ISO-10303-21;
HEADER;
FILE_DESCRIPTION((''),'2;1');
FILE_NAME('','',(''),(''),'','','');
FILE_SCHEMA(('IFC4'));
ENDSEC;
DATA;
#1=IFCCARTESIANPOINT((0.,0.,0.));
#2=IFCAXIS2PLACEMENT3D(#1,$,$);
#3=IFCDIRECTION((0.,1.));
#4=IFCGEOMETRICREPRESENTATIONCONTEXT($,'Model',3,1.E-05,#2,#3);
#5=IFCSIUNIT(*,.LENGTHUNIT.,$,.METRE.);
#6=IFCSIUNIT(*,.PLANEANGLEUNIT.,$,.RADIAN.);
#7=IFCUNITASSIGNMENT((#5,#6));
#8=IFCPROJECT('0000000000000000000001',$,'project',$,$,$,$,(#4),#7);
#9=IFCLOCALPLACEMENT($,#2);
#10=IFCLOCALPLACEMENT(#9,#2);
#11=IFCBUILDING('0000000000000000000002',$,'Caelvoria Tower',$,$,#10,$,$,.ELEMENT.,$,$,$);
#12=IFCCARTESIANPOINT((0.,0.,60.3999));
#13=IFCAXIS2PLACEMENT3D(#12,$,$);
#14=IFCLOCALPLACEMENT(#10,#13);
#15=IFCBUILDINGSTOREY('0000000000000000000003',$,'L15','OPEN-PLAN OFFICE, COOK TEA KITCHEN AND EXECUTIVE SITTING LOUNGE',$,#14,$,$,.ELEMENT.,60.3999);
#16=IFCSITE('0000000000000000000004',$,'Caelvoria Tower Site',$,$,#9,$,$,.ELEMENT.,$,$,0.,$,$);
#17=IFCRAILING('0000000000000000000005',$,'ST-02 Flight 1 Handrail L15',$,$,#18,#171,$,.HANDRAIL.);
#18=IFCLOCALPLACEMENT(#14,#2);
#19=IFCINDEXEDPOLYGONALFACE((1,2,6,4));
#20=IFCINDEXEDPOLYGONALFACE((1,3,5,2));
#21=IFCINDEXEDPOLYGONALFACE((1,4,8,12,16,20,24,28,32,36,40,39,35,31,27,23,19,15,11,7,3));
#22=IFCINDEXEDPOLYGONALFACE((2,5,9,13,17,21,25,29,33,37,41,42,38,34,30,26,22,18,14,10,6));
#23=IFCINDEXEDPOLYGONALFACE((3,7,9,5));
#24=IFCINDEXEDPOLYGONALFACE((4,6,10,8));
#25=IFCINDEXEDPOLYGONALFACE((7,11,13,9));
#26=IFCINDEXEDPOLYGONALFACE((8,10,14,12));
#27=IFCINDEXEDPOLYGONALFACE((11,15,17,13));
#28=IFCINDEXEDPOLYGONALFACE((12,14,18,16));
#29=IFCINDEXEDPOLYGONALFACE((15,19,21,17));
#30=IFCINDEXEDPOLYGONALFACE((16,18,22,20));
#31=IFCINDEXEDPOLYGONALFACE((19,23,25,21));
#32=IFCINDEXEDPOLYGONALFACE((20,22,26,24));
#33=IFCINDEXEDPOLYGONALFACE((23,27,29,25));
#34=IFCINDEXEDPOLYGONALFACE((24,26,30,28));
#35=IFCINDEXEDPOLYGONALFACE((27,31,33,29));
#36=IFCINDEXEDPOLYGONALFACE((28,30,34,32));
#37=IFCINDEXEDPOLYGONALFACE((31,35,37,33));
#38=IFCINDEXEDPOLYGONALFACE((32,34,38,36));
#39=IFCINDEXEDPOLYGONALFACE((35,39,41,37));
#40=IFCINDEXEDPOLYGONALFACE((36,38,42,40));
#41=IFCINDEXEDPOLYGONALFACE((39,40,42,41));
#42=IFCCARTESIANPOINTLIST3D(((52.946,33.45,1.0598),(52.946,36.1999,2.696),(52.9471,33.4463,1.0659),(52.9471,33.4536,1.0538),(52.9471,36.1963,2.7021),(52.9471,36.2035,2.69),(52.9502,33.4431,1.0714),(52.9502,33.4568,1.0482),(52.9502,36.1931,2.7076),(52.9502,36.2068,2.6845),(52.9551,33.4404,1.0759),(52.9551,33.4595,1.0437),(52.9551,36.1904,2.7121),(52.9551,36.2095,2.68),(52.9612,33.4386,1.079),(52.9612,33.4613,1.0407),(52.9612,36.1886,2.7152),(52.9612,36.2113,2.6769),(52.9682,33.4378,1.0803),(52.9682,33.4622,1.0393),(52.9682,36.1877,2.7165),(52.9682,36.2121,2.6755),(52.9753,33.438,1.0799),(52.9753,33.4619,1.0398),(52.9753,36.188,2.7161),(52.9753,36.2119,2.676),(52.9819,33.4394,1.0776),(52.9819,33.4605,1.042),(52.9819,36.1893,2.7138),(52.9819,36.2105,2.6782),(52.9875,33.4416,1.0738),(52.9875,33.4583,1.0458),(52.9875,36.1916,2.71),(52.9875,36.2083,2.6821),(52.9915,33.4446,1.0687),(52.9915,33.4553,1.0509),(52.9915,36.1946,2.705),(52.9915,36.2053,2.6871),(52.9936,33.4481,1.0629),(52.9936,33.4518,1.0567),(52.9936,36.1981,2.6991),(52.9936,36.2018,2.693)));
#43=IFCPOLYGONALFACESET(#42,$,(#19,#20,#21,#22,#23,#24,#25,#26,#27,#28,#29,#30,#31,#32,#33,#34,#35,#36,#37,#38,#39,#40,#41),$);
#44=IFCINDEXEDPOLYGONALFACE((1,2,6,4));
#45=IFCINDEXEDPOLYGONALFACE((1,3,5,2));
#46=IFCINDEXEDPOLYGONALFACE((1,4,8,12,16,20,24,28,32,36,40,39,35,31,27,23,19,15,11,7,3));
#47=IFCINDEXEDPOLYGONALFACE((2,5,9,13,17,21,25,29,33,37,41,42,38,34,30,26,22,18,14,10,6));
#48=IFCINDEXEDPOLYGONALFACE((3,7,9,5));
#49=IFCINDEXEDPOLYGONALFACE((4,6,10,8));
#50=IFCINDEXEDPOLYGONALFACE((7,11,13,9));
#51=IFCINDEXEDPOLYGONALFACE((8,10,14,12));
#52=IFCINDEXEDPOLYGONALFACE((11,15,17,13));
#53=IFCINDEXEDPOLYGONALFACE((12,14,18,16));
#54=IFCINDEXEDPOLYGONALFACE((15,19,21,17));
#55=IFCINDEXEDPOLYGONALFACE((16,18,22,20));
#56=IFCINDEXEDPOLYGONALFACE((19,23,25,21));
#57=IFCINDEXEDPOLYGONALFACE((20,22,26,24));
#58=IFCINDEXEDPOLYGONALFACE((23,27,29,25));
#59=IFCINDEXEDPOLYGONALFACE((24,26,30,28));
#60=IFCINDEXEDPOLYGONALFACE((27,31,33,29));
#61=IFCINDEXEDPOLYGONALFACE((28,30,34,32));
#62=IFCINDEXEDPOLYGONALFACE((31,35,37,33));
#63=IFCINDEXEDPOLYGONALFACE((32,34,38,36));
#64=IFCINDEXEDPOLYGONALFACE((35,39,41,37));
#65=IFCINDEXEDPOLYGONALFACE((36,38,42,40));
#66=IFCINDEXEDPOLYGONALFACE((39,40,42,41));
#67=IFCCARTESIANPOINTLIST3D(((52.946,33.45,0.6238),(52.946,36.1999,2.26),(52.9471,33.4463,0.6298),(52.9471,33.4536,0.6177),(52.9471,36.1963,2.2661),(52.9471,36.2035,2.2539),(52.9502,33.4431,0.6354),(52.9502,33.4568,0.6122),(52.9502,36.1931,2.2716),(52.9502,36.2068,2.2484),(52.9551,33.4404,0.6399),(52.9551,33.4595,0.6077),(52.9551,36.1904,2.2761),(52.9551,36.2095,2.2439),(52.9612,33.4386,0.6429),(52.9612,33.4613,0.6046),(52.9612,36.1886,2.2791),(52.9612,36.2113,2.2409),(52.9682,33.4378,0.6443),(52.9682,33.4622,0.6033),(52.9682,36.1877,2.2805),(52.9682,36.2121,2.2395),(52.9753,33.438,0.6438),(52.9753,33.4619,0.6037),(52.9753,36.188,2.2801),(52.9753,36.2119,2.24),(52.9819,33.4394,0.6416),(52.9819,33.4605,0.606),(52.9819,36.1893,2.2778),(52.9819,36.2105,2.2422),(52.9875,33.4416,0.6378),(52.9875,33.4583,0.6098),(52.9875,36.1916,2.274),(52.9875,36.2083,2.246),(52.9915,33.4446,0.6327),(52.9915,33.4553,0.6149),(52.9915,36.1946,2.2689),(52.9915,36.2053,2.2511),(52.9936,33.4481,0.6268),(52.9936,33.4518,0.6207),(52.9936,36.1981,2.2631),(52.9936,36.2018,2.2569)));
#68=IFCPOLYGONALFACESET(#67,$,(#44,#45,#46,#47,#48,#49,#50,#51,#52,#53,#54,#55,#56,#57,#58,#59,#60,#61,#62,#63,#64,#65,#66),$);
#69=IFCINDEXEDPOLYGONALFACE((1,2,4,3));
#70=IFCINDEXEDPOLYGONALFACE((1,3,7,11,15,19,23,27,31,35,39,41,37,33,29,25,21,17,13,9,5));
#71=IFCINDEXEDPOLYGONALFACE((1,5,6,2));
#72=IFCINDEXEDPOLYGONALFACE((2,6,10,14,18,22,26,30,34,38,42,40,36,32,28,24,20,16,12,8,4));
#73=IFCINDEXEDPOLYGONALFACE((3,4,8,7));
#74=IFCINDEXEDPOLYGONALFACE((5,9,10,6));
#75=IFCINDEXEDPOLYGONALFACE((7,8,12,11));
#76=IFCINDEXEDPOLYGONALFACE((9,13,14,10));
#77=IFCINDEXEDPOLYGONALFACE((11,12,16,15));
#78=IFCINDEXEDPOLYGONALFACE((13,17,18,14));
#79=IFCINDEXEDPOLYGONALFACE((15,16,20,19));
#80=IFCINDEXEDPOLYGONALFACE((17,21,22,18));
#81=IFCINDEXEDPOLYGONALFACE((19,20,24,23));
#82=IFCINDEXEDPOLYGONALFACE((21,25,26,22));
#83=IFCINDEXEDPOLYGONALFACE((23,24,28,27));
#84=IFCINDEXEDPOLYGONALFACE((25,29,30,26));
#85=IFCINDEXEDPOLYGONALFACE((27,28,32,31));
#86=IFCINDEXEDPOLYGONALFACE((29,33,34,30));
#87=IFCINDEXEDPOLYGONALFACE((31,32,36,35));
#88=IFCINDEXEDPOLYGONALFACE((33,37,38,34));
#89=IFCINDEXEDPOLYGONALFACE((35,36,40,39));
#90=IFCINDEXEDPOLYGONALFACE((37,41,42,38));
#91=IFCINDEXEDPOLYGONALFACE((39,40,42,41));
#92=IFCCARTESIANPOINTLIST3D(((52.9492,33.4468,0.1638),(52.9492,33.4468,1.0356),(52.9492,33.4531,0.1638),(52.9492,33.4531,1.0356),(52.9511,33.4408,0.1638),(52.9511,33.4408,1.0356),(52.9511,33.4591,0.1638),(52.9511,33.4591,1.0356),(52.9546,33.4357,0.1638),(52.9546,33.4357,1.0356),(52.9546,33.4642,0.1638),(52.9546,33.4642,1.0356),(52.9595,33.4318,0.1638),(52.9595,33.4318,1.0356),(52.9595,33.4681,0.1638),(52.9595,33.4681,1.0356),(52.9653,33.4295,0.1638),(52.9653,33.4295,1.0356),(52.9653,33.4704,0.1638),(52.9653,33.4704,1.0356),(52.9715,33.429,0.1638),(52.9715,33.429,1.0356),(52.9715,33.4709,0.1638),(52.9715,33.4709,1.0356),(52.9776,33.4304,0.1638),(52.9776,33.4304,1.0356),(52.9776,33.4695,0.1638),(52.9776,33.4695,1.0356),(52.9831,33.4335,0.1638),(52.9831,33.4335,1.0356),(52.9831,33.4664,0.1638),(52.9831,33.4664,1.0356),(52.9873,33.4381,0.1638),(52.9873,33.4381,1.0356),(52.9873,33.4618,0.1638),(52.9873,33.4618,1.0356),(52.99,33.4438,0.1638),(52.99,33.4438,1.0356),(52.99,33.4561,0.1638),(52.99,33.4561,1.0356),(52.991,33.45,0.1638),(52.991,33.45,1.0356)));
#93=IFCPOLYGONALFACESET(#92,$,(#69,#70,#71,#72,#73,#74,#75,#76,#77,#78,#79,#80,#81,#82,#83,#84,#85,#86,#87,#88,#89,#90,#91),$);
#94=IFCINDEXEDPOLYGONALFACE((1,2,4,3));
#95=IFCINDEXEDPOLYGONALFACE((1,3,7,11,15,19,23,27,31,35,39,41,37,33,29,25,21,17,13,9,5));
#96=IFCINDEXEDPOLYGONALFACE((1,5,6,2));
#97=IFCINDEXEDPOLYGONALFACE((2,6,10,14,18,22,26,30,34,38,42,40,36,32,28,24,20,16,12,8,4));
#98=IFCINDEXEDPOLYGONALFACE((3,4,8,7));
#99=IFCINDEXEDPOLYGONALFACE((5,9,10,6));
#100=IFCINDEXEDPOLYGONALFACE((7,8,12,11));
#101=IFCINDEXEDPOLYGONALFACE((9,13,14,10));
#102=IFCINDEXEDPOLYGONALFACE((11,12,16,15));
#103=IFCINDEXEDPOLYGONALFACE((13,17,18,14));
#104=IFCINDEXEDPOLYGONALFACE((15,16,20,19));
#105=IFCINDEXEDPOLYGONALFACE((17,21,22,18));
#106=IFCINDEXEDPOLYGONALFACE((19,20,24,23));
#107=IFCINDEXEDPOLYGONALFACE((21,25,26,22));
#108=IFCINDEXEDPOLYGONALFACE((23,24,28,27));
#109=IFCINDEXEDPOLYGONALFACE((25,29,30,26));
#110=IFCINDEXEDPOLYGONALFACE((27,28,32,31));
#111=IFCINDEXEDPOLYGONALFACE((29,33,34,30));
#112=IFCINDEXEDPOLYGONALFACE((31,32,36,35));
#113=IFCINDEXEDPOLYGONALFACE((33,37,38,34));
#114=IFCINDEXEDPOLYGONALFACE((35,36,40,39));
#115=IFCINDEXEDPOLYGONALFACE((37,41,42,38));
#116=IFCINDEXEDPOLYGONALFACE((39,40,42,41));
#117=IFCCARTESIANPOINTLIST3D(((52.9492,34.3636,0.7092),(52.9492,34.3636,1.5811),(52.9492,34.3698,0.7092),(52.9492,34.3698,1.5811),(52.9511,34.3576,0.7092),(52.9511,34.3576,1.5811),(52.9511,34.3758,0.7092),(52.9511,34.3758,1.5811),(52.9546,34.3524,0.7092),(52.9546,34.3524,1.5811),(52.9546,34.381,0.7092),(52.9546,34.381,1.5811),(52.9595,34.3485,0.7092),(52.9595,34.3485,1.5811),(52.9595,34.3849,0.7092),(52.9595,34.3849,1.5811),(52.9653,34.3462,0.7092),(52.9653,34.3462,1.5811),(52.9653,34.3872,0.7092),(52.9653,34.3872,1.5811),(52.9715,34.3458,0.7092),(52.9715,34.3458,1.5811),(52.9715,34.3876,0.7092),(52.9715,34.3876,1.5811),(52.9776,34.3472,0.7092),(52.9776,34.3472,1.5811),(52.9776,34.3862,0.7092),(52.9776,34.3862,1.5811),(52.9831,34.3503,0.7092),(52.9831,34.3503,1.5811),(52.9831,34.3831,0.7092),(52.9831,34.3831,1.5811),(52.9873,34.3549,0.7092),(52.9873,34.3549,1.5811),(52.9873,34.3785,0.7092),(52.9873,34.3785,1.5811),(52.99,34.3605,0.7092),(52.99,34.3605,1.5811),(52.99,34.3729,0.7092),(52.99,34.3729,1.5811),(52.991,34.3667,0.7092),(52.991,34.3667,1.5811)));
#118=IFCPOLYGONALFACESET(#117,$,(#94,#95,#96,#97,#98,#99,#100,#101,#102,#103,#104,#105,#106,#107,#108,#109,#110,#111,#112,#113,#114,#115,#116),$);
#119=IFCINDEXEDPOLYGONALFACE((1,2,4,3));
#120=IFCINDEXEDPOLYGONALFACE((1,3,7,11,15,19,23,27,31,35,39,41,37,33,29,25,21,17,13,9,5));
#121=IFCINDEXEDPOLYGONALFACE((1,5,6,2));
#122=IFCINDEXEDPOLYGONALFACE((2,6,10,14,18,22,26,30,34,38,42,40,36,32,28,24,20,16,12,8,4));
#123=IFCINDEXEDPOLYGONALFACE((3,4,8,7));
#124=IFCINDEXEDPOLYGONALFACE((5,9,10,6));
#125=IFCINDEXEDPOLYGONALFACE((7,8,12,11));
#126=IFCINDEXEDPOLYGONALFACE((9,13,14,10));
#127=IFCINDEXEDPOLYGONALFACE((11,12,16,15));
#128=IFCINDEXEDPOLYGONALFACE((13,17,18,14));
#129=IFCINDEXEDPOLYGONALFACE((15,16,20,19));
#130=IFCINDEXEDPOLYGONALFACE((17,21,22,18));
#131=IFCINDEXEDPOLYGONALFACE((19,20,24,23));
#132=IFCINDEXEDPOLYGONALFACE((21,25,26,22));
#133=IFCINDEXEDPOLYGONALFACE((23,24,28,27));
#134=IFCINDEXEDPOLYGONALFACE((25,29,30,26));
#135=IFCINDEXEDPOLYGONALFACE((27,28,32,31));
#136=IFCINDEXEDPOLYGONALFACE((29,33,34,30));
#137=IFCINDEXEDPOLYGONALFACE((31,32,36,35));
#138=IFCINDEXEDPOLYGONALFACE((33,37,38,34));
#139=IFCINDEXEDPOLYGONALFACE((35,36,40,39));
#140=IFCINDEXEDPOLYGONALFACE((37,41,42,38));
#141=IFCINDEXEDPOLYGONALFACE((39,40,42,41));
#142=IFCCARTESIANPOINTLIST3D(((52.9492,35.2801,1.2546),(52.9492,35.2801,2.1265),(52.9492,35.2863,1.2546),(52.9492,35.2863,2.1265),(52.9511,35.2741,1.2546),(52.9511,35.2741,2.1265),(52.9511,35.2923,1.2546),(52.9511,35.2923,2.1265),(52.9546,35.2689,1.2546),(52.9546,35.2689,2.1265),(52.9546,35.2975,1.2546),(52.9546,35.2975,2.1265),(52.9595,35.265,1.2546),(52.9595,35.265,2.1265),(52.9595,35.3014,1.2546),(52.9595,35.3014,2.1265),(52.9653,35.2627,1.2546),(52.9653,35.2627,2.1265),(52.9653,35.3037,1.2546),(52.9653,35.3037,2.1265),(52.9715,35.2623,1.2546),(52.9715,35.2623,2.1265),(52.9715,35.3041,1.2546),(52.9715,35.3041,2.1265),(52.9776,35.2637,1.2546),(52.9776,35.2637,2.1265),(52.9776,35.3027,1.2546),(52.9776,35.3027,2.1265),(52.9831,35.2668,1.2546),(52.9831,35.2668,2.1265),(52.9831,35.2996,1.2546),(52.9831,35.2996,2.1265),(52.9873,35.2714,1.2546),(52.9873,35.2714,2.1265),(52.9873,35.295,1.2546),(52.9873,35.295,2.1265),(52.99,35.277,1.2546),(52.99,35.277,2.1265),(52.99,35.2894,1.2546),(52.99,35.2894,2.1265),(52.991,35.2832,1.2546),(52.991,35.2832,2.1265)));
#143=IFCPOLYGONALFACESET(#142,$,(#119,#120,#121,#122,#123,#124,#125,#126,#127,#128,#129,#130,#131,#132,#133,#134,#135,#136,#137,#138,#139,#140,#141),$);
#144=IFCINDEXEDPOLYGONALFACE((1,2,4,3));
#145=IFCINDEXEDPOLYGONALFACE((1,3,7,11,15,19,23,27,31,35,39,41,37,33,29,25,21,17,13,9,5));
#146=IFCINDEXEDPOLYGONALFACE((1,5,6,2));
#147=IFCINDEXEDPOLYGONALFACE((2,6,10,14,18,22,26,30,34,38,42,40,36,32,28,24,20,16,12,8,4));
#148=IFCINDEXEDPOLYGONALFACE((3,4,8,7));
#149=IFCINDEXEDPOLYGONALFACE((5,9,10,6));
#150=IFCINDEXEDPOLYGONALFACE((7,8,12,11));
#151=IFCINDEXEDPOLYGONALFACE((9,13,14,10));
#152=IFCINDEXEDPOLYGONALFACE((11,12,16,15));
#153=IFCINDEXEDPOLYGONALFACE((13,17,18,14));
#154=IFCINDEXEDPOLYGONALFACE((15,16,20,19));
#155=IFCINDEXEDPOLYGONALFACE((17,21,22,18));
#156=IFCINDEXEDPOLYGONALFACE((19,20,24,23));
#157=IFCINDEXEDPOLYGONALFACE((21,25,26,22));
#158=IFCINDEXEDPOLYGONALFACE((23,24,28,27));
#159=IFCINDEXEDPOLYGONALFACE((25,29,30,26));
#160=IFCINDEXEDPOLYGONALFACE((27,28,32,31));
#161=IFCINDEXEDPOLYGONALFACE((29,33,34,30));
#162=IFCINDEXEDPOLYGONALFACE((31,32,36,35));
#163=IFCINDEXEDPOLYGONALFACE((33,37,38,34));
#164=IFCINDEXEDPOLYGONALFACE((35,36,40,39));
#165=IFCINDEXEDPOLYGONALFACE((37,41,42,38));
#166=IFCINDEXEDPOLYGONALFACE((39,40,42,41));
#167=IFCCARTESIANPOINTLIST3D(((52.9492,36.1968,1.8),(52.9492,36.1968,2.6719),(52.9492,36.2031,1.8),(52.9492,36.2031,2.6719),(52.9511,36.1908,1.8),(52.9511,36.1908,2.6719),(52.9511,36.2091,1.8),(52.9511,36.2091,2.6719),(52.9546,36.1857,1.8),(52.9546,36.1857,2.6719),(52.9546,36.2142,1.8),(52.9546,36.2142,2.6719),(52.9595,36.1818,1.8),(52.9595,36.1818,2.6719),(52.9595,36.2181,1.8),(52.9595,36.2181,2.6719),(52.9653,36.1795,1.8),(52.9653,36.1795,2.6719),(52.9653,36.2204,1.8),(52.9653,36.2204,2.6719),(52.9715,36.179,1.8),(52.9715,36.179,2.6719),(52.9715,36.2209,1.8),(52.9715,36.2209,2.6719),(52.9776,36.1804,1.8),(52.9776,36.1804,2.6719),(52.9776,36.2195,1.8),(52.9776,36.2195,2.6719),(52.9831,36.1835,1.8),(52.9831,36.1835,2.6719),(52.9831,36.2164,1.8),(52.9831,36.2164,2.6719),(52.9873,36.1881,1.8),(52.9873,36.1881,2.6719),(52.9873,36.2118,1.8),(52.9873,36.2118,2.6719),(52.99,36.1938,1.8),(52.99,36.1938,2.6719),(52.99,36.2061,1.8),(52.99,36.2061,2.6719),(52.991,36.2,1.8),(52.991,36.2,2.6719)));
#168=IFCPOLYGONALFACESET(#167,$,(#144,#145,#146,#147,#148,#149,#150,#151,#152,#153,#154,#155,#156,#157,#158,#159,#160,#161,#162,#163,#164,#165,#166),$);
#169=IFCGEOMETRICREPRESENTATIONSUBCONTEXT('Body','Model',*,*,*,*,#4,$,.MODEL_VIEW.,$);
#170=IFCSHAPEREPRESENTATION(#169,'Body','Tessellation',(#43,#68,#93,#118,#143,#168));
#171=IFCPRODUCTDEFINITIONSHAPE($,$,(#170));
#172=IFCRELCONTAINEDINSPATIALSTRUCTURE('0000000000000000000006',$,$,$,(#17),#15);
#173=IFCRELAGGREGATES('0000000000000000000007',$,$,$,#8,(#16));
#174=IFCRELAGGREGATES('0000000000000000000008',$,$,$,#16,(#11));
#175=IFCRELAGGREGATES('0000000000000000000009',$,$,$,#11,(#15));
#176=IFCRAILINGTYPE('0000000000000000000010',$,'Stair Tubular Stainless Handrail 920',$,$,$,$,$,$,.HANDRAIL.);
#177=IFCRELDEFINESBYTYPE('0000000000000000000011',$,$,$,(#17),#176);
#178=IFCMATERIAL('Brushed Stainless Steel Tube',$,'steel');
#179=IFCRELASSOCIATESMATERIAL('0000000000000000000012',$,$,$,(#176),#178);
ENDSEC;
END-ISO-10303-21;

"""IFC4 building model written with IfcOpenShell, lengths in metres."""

from ifc_helpers import new_model, si_unit, direction, frame, origin, origin_2d, place, context, subcontext, project, spatial, circle, extrude, material, type_object, element, save


model = new_model("IFC4")

# Units and contexts
model_context = context("Model", 3, precision=1e-05, world=origin(), true_north=direction((0.0, 1.0)))
body_context = subcontext(model_context, "Body", "Model", "MODEL_VIEW")
ifc_project = project(units=[si_unit("LENGTHUNIT", "METRE"), si_unit("PLANEANGLEUNIT", "RADIAN")], contexts=[model_context])

# Site, building, storey
site_placement = place(None, origin())
site = spatial("IfcSite", under=ifc_project, at=site_placement, Name="Caelvoria Tower Site", CompositionType="ELEMENT", RefElevation=0.0)
building_placement = place(site_placement, origin())
building = spatial("IfcBuilding", under=site, at=building_placement, Name="Caelvoria Tower", CompositionType="ELEMENT")
storey_placement = place(building_placement, frame((0.0, 0.0, 60.3999)))
storey = spatial("IfcBuildingStorey", under=building, at=storey_placement, Name="L15", Description="OPEN-PLAN OFFICE, COOK TEA KITCHEN AND EXECUTIVE SITTING LOUNGE", CompositionType="ELEMENT", Elevation=60.3999)

# Railing
ifc_material_1 = material(Name="Brushed Stainless Steel Tube", Category="steel")
railing_type_1 = type_object("IfcRailingType", Name="Stair Tubular Stainless Handrail 920", PredefinedType="HANDRAIL", material=ifc_material_1)
railing_1_placement = place(storey_placement, frame((52.97, 33.45, 0.1638)))
element("IfcRailing", 1, at=railing_1_placement, inside=storey, type_object=railing_type_1, Name="ST-02 Flight 1 Handrail L15", PredefinedType="HANDRAIL", context=body_context, shape_type="SweptSolid", body=[
    extrude(circle(Radius=0.0239, at=origin_2d()), frame((0.0, 0.0, 0.896), z_axis=(0.0, 0.859385, 0.511328), x_axis=(-1.0, 0.0, 0.0)), (0.0, 0.0, 1.0), 3.2),
    extrude(circle(Radius=0.0239, at=origin_2d()), frame((0.0, 0.0, 0.46), z_axis=(0.0, 0.859385, 0.511328), x_axis=(-1.0, 0.0, 0.0)), (0.0, 0.0, 1.0), 3.2),
    extrude(circle(Radius=0.021, at=origin_2d()), origin(), (0.0, 0.0, 1.0), 0.8718),
    extrude(circle(Radius=0.021, at=origin_2d()), frame((0.0, 0.9167, 0.5454)), (0.0, 0.0, 1.0), 0.8718),
    extrude(circle(Radius=0.021, at=origin_2d()), frame((0.0, 1.8333, 1.0908)), (0.0, 0.0, 1.0), 0.8718),
    extrude(circle(Radius=0.021, at=origin_2d()), frame((0.0, 2.75, 1.6362)), (0.0, 0.0, 1.0), 0.8718),
])

save(model, "model.ifc")
